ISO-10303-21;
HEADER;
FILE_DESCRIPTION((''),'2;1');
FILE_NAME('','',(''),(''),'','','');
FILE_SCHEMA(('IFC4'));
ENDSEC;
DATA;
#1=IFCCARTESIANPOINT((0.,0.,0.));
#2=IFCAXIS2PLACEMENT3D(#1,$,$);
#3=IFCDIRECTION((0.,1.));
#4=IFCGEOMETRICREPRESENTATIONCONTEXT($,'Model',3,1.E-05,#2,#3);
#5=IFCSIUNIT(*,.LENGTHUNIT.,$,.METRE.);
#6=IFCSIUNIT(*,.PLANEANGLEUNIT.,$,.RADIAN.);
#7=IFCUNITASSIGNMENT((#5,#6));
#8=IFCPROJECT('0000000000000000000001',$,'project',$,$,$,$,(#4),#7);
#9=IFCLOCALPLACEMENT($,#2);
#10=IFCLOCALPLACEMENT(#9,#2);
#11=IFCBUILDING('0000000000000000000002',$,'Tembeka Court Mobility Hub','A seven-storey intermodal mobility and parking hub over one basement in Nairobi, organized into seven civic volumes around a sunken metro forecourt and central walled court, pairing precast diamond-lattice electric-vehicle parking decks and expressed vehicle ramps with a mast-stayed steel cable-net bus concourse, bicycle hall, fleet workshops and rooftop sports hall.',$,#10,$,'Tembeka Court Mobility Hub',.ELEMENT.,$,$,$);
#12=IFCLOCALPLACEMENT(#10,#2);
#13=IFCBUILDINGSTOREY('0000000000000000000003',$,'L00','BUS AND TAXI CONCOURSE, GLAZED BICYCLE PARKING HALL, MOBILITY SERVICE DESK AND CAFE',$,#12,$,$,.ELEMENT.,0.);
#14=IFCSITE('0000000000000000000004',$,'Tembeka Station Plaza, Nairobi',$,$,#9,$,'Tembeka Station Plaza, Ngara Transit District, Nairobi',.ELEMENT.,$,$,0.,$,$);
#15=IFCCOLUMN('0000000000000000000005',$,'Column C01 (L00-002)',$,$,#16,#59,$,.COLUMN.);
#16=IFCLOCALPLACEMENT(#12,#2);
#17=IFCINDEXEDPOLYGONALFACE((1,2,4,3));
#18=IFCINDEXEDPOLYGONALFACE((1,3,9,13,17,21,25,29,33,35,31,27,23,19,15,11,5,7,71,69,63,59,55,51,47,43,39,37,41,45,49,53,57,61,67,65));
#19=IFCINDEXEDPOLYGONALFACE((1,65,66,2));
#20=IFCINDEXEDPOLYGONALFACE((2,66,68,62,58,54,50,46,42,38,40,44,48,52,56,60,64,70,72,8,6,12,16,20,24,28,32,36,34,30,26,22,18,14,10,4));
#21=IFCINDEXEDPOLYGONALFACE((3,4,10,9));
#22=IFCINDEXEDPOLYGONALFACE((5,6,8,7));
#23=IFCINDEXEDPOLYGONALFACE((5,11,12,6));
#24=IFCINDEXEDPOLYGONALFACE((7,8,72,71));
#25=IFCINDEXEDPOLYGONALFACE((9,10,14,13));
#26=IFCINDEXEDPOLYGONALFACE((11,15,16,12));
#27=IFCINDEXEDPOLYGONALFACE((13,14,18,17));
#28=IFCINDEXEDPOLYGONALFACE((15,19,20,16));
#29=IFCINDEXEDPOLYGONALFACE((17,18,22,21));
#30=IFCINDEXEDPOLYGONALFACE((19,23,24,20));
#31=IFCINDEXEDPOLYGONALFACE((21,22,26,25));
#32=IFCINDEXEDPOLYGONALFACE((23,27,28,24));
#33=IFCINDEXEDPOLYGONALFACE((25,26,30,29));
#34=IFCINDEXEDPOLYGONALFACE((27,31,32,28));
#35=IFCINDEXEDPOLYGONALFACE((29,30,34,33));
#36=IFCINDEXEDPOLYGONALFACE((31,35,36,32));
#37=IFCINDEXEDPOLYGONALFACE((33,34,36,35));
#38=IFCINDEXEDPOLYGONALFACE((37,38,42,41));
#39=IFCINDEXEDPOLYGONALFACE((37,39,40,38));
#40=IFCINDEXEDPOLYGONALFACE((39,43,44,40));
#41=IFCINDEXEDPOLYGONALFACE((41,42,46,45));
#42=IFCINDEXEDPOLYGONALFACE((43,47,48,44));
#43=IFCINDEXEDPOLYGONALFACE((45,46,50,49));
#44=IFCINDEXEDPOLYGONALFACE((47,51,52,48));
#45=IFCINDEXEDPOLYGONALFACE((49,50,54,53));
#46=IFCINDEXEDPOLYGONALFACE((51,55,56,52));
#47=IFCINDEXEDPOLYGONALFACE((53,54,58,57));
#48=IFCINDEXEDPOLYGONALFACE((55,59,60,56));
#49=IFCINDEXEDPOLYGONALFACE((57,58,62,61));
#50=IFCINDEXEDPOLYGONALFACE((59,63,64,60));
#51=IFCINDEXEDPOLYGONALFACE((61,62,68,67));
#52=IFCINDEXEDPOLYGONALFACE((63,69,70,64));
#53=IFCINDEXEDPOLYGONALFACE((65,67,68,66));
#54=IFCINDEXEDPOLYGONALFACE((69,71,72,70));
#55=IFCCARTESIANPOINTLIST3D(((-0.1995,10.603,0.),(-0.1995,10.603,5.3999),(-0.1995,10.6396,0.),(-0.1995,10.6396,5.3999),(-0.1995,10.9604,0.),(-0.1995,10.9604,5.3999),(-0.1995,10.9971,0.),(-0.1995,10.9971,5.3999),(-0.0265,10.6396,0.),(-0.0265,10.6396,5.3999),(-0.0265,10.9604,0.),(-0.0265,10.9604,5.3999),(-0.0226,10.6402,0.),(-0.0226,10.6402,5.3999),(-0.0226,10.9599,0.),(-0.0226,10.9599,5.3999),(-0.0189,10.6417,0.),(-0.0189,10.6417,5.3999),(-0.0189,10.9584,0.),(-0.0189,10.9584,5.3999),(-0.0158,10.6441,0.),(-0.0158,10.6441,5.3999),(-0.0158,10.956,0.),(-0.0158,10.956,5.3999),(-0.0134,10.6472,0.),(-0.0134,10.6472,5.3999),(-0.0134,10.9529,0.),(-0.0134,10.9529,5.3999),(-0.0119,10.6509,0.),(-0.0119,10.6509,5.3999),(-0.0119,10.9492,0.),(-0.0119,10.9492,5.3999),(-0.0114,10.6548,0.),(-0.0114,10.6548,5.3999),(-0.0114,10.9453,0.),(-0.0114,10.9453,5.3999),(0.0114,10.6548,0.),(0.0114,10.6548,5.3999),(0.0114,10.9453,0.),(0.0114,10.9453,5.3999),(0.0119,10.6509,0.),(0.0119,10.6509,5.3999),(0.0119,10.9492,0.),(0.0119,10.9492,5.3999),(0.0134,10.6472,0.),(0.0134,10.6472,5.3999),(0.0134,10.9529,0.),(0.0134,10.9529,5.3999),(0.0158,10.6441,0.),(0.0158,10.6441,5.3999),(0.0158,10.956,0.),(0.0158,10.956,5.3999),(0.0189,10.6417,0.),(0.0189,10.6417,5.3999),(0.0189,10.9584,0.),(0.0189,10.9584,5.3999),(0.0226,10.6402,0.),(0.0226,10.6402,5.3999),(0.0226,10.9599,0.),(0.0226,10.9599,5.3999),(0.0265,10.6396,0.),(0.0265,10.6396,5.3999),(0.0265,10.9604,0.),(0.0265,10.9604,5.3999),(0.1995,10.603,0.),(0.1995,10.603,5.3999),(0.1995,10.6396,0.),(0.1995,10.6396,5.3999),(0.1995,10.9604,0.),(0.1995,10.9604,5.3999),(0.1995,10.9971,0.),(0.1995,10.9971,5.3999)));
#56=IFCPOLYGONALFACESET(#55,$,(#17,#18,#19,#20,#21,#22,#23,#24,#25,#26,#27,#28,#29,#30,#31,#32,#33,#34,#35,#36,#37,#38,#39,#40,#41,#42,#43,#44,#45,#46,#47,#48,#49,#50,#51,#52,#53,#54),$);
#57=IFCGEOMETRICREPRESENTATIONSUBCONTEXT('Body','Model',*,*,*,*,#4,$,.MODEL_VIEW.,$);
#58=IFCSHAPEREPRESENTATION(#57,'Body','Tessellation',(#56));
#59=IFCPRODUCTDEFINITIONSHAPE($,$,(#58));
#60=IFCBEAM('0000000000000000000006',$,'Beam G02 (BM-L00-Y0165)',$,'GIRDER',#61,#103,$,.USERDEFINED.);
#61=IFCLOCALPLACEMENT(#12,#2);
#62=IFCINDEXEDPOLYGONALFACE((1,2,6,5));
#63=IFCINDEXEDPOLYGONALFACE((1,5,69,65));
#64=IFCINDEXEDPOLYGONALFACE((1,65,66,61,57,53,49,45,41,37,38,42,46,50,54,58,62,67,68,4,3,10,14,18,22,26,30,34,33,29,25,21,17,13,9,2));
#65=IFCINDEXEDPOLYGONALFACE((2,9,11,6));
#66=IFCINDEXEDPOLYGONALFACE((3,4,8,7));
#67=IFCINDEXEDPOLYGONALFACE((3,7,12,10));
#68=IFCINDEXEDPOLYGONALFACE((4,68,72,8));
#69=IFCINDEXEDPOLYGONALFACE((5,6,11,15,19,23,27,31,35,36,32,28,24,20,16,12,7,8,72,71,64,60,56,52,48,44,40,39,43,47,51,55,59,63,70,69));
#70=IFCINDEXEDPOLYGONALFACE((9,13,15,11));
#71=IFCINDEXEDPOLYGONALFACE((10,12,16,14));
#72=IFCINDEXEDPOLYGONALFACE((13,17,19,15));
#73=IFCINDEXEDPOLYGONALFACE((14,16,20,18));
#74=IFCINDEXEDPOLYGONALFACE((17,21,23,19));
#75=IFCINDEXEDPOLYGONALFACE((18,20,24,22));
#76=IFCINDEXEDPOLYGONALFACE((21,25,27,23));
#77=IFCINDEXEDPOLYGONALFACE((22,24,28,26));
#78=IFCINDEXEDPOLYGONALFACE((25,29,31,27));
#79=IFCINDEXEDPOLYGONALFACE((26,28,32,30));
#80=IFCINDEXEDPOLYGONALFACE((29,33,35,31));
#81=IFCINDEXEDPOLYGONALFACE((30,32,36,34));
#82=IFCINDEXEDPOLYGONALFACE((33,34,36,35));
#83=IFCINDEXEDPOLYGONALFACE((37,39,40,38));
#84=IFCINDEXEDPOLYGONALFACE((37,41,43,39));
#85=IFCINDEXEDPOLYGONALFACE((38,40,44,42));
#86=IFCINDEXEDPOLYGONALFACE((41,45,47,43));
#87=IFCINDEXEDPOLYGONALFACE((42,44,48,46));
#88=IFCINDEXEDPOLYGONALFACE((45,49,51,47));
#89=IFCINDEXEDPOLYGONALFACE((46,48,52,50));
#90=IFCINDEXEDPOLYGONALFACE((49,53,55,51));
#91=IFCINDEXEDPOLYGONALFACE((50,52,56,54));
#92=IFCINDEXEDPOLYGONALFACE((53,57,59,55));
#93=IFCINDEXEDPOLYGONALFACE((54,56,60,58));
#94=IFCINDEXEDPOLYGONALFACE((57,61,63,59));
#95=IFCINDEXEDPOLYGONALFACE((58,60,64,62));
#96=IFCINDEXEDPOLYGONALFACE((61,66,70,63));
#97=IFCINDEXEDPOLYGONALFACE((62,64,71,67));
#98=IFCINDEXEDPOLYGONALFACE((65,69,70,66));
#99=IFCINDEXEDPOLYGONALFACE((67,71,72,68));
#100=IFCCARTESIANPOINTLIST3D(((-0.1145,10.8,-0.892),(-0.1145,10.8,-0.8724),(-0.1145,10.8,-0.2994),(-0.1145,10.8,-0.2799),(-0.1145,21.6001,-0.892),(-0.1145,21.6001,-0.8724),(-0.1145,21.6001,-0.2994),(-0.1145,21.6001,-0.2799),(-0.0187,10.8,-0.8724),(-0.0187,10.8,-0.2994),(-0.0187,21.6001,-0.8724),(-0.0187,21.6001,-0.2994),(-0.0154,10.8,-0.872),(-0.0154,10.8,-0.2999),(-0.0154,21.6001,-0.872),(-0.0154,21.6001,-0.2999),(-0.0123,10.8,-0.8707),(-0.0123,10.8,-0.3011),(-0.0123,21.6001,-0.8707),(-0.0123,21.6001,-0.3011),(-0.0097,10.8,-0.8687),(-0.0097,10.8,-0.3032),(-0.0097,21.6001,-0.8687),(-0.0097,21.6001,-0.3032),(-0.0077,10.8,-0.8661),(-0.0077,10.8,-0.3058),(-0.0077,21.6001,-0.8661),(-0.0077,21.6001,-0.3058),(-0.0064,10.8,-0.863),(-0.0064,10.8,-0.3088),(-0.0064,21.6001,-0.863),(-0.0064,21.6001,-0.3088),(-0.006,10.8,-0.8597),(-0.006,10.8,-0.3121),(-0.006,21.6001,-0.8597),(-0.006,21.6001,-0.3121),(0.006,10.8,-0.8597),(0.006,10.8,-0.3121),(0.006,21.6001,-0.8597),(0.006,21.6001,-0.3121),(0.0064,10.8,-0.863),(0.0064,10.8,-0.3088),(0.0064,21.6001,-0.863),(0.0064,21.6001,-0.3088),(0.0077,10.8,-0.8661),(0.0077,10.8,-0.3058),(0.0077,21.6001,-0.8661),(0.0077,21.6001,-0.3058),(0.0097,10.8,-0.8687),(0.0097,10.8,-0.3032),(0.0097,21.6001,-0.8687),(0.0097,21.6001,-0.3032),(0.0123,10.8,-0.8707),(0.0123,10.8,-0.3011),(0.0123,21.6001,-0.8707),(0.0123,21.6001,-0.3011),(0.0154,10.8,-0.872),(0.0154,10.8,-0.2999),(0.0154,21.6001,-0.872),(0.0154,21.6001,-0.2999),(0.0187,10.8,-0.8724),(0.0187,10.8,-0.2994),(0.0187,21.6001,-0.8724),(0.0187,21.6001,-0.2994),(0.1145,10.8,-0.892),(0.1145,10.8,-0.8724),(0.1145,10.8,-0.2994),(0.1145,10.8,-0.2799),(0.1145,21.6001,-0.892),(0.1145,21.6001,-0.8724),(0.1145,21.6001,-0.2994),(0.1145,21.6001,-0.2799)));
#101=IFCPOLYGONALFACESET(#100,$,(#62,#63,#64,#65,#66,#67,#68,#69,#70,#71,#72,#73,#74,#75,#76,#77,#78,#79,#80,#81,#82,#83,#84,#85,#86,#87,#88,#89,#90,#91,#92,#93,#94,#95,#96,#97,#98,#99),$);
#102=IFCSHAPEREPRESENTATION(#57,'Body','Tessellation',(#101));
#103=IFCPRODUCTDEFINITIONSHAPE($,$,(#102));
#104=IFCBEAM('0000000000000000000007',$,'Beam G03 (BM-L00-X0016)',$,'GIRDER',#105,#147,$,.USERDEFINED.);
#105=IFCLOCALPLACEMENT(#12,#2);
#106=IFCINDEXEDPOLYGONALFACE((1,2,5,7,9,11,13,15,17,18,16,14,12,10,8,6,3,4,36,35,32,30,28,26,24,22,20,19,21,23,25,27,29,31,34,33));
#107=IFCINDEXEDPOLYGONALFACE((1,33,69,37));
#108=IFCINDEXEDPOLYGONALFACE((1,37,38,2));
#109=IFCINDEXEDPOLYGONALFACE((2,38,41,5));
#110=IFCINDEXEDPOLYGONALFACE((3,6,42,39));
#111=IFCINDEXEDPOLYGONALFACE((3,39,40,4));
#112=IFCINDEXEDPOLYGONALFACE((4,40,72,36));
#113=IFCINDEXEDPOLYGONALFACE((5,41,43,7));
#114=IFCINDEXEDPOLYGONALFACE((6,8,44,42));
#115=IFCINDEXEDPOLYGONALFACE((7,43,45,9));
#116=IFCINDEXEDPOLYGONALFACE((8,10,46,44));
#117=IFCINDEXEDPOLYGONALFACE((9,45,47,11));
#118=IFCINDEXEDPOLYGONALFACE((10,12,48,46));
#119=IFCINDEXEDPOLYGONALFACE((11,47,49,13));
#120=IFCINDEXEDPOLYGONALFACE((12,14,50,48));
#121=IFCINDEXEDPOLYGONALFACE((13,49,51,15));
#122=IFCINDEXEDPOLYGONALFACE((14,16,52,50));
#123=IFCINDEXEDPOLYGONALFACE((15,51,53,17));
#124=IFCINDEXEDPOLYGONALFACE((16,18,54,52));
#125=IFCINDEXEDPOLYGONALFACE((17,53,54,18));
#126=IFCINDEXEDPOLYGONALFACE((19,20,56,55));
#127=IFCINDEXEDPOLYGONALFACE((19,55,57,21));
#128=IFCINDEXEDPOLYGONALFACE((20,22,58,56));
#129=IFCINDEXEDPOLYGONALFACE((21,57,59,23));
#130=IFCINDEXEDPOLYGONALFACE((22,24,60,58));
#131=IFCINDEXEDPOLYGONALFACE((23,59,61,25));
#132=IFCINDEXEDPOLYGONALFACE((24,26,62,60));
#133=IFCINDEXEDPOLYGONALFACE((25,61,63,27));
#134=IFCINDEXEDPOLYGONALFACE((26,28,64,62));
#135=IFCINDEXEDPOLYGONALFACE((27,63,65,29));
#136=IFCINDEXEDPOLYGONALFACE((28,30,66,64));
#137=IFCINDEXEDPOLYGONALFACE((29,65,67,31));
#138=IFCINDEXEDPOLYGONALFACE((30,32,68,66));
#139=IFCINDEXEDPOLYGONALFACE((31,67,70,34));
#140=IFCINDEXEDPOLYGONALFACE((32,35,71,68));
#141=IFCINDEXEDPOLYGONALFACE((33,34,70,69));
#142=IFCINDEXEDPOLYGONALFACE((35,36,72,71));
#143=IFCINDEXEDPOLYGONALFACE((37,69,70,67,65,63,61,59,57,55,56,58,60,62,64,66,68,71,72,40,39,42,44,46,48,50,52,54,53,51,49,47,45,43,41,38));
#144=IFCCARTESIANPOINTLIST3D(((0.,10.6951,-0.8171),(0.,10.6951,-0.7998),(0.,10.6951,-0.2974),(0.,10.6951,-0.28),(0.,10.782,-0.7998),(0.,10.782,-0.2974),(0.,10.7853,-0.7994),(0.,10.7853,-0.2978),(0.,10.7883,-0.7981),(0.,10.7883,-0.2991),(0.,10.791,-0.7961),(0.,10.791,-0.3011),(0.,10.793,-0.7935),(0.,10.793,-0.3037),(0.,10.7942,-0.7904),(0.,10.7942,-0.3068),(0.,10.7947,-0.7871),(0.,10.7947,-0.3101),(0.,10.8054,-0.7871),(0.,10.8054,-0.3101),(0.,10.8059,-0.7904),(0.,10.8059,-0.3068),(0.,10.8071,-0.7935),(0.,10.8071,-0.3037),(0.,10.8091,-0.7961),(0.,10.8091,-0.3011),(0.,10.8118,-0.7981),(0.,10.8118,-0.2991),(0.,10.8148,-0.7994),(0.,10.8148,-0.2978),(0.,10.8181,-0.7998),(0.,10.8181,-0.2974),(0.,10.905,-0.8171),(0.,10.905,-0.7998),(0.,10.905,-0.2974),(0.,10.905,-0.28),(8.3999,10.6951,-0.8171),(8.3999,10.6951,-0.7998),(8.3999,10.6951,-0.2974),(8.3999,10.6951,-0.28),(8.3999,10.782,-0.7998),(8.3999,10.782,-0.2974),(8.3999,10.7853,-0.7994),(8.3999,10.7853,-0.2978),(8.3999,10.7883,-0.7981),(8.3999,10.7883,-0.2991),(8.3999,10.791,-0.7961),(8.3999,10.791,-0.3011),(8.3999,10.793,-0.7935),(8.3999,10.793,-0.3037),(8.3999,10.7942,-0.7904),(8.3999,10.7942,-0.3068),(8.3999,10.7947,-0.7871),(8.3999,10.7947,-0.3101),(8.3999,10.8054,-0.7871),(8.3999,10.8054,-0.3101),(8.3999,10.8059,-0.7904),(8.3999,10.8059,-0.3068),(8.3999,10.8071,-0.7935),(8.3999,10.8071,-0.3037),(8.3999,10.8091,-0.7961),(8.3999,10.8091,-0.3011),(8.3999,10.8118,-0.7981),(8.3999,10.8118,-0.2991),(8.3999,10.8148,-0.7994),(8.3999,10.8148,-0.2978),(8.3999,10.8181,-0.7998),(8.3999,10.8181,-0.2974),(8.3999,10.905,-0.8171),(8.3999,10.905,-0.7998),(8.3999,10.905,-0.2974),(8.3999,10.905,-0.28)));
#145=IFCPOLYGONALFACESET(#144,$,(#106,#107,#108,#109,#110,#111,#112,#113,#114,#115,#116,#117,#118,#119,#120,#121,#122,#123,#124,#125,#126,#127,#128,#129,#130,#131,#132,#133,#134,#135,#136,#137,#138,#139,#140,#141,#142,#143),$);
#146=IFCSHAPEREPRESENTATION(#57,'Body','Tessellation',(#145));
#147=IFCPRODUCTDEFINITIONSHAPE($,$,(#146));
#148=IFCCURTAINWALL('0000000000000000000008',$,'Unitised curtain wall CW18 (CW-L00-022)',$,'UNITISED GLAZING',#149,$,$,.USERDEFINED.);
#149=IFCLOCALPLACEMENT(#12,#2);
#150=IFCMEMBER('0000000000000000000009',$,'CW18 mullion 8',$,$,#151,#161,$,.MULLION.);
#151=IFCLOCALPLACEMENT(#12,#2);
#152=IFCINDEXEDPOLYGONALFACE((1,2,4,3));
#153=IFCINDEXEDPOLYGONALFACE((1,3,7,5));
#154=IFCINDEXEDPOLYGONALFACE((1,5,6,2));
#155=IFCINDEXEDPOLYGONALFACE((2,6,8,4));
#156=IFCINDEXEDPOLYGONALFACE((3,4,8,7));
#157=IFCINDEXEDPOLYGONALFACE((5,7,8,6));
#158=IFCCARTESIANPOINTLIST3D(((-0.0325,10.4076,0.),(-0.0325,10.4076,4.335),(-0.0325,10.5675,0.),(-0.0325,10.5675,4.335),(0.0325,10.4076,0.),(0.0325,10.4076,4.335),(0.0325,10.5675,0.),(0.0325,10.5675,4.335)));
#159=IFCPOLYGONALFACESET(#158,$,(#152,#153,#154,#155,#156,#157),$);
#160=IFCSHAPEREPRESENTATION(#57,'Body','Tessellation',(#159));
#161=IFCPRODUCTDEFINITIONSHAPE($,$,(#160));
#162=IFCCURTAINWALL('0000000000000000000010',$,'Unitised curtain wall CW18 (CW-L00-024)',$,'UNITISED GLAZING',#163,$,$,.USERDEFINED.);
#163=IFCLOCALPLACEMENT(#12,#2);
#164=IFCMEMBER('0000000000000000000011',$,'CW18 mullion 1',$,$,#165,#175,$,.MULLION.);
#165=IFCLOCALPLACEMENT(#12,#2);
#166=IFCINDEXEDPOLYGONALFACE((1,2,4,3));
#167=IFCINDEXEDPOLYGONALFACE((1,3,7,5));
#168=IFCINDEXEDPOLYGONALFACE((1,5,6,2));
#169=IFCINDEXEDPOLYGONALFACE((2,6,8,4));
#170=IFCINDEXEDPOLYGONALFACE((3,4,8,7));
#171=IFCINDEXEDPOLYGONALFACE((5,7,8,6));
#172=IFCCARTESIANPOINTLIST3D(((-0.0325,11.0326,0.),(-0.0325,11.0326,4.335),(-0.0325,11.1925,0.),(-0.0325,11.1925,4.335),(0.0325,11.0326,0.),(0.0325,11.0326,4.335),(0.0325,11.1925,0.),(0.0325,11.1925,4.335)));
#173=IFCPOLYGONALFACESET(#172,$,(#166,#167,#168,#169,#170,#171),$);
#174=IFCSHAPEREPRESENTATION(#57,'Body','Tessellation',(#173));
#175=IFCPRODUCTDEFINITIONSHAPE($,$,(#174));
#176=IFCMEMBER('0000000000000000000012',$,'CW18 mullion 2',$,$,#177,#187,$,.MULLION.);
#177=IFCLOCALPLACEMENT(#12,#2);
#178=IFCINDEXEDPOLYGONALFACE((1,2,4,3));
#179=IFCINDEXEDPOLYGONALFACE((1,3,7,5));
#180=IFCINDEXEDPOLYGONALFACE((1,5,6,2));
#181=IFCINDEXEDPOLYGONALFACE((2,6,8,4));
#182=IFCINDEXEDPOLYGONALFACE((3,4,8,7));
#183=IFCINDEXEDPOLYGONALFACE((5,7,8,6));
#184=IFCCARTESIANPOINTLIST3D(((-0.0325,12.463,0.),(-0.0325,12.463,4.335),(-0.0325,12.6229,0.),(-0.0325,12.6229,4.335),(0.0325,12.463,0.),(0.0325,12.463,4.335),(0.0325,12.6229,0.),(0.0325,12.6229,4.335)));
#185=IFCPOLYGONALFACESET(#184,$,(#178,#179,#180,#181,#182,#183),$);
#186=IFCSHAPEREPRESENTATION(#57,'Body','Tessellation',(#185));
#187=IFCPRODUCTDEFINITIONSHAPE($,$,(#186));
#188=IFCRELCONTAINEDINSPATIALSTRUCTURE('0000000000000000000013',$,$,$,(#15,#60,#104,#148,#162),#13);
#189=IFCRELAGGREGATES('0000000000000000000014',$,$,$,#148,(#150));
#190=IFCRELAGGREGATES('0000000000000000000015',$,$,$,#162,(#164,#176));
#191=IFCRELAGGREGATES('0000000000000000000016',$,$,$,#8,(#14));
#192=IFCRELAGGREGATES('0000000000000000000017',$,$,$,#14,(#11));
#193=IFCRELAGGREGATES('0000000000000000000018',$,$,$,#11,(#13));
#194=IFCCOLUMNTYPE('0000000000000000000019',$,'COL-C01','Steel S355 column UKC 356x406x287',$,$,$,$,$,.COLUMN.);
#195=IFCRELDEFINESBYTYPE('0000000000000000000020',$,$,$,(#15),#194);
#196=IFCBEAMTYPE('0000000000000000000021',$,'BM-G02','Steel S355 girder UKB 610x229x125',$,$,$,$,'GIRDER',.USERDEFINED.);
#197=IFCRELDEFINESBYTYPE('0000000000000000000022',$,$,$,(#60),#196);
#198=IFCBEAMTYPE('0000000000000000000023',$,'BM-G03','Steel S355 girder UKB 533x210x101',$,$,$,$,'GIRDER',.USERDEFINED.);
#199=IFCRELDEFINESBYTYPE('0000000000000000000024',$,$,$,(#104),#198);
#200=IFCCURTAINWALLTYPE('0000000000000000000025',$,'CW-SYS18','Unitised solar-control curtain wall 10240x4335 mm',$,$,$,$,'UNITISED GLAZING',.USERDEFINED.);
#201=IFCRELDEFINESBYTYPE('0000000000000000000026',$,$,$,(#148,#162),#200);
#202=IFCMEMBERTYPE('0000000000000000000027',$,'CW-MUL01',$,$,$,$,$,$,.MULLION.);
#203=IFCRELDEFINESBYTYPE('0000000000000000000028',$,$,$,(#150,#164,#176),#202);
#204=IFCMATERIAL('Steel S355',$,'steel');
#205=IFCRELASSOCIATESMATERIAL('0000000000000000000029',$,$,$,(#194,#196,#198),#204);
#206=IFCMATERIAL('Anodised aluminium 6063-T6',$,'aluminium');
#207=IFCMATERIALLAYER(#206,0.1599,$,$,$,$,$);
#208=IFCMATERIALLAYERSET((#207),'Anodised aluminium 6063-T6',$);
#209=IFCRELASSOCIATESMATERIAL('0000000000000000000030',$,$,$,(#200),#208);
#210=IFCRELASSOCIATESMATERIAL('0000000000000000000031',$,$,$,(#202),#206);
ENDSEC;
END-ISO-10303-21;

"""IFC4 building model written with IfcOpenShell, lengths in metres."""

from ifc_helpers import new_model, si_unit, direction, frame, origin, origin_2d, place, context, subcontext, project, spatial, rectangle, i_section, extrude, material, layer, layer_set, material_profile, profile_set, type_object, element, aggregate, save


model = new_model("IFC4")

# Units and contexts
model_context = context("Model", 3, precision=1e-05, world=origin(), true_north=direction((0.0, 1.0)))
body_context = subcontext(model_context, "Body", "Model", "MODEL_VIEW")
ifc_project = project(units=[si_unit("LENGTHUNIT", "METRE"), si_unit("PLANEANGLEUNIT", "RADIAN")], contexts=[model_context])

# Site, building, storey
site_placement = place(None, origin())
site = spatial("IfcSite", under=ifc_project, at=site_placement, Name="Tembeka Station Plaza, Nairobi", LongName="Tembeka Station Plaza, Ngara Transit District, Nairobi", CompositionType="ELEMENT", RefElevation=0.0)
building_placement = place(site_placement, origin())
building = spatial("IfcBuilding", under=site, at=building_placement, Name="Tembeka Court Mobility Hub", Description="A seven-storey intermodal mobility and parking hub over one basement in Nairobi, organized into seven civic volumes around a sunken metro forecourt and central walled court, pairing precast diamond-lattice electric-vehicle parking decks and expressed vehicle ramps with a mast-stayed steel cable-net bus concourse, bicycle hall, fleet workshops and rooftop sports hall.", LongName="Tembeka Court Mobility Hub", CompositionType="ELEMENT")
storey_placement = place(building_placement, origin())
storey = spatial("IfcBuildingStorey", under=building, at=storey_placement, Name="L00", Description="BUS AND TAXI CONCOURSE, GLAZED BICYCLE PARKING HALL, MOBILITY SERVICE DESK AND CAFE", CompositionType="ELEMENT", Elevation=0.0)

# Column
ifc_material_1 = material(Name="Steel S355", Category="steel")
ifc_material_profile_1 = material_profile(ifc_material_1, i_section(OverallWidth=0.3989, OverallDepth=0.394, WebThickness=0.0227, FlangeThickness=0.0366, FilletRadius=0.0151, at=origin_2d()), Name="UKC 356x406x287")
ifc_profile_set_1 = profile_set([ifc_material_profile_1], Name="Steel S355")
column_type = type_object("IfcColumnType", Name="COL-C01", Description="Steel S355 column UKC 356x406x287", PredefinedType="COLUMN", material=ifc_profile_set_1)
column_placement = place(storey_placement, frame((0.0, 10.8, 0.0), z_axis=(0.0, 0.0, 1.0), x_axis=(1.0, 0.0, 0.0)))
element("IfcColumn", 1, at=column_placement, inside=storey, type_object=column_type, Name="Column C01 (L00-002)", PredefinedType="COLUMN", context=body_context, shape_type="SweptSolid", body=[
    extrude(i_section(OverallWidth=0.3989, OverallDepth=0.394, WebThickness=0.0227, FlangeThickness=0.0366, FilletRadius=0.0151, at=origin_2d()), origin(), (0.0, 0.0, 1.0), 5.3999),
])

# Beams
ifc_material_profile_2 = material_profile(ifc_material_1, i_section(OverallWidth=0.229, OverallDepth=0.6121, WebThickness=0.012, FlangeThickness=0.0195, FilletRadius=0.0127, at=origin_2d()), Name="UKB 610x229x125")
ifc_profile_set_2 = profile_set([ifc_material_profile_2], Name="Steel S355")
beam_type_1 = type_object("IfcBeamType", Name="BM-G02", Description="Steel S355 girder UKB 610x229x125", ElementType="GIRDER", PredefinedType="USERDEFINED", material=ifc_profile_set_2)
beam_1_placement = place(storey_placement, frame((0.0, 10.8, -0.5859), z_axis=(0.0, 1.0, 0.0), x_axis=(-1.0, 0.0, 0.0)))
element("IfcBeam", 2, at=beam_1_placement, inside=storey, type_object=beam_type_1, Name="Beam G02 (BM-L00-Y0165)", ObjectType="GIRDER", PredefinedType="USERDEFINED", context=body_context, shape_type="SweptSolid", body=[
    extrude(i_section(OverallWidth=0.229, OverallDepth=0.6121, WebThickness=0.012, FlangeThickness=0.0195, FilletRadius=0.0127, at=origin_2d()), origin(), (0.0, 0.0, 1.0), 10.8),
])
ifc_material_profile_3 = material_profile(ifc_material_1, i_section(OverallWidth=0.21, OverallDepth=0.5371, WebThickness=0.0107, FlangeThickness=0.0173, FilletRadius=0.0127, at=origin_2d()), Name="UKB 533x210x101")
ifc_profile_set_3 = profile_set([ifc_material_profile_3], Name="Steel S355")
beam_type_2 = type_object("IfcBeamType", Name="BM-G03", Description="Steel S355 girder UKB 533x210x101", ElementType="GIRDER", PredefinedType="USERDEFINED", material=ifc_profile_set_3)
beam_2_placement = place(storey_placement, frame((0.0, 10.8, -0.5486), z_axis=(1.0, 0.0, 0.0), x_axis=(0.0, 1.0, 0.0)))
element("IfcBeam", 3, at=beam_2_placement, inside=storey, type_object=beam_type_2, Name="Beam G03 (BM-L00-X0016)", ObjectType="GIRDER", PredefinedType="USERDEFINED", context=body_context, shape_type="SweptSolid", body=[
    extrude(i_section(OverallWidth=0.21, OverallDepth=0.5371, WebThickness=0.0107, FlangeThickness=0.0173, FilletRadius=0.0127, at=origin_2d()), origin(), (0.0, 0.0, 1.0), 8.3999),
])

# Curtain wall, member
ifc_material_2 = material(Name="Anodised aluminium 6063-T6", Category="aluminium")
ifc_layer_1 = layer(ifc_material_2, 0.1599)
ifc_layer_set_1 = layer_set([ifc_layer_1], Name="Anodised aluminium 6063-T6")
curtain_wall_type = type_object("IfcCurtainWallType", Name="CW-SYS18", Description="Unitised solar-control curtain wall 10240x4335 mm", ElementType="UNITISED GLAZING", PredefinedType="USERDEFINED", material=ifc_layer_set_1)
curtain_wall_1_placement = place(storey_placement, origin())
curtain_wall_1 = element("IfcCurtainWall", 4, at=curtain_wall_1_placement, inside=storey, type_object=curtain_wall_type, Name="Unitised curtain wall CW18 (CW-L00-022)", ObjectType="UNITISED GLAZING", PredefinedType="USERDEFINED")
ifc_material_profile_4 = material_profile(ifc_material_2, rectangle(XDim=0.0649, YDim=0.1599, at=origin_2d()), Name="ALU-MUL 65x160")
ifc_profile_set_4 = profile_set([ifc_material_profile_4], Name="Anodised aluminium 6063-T6")
member_type_1 = type_object("IfcMemberType", Name="CW-MUL01", PredefinedType="MULLION", material=ifc_profile_set_4)
member_1_placement = place(storey_placement, frame((0.0, 10.4875, 0.0), z_axis=(0.0, 0.0, 1.0), x_axis=(-1.0, 0.0, 0.0)))
member_1 = element("IfcMember", 5, at=member_1_placement, type_object=member_type_1, Name="CW18 mullion 8", PredefinedType="MULLION", context=body_context, shape_type="SweptSolid", body=[
    extrude(rectangle(XDim=0.0649, YDim=0.1599, at=origin_2d()), origin(), (0.0, 0.0, 1.0), 4.335),
])
aggregate(curtain_wall_1, [member_1])

# Curtain wall, members
curtain_wall_2_placement = place(storey_placement, origin())
curtain_wall_2 = element("IfcCurtainWall", 6, at=curtain_wall_2_placement, inside=storey, type_object=curtain_wall_type, Name="Unitised curtain wall CW18 (CW-L00-024)", ObjectType="UNITISED GLAZING", PredefinedType="USERDEFINED")
member_2_placement = place(storey_placement, frame((0.0, 11.1125, 0.0), z_axis=(0.0, 0.0, 1.0), x_axis=(-1.0, 0.0, 0.0)))
member_2 = element("IfcMember", 7, at=member_2_placement, type_object=member_type_1, Name="CW18 mullion 1", PredefinedType="MULLION", context=body_context, shape_type="SweptSolid", body=[
    extrude(rectangle(XDim=0.0649, YDim=0.1599, at=origin_2d()), origin(), (0.0, 0.0, 1.0), 4.335),
])
member_3_placement = place(storey_placement, frame((0.0, 12.543, 0.0), z_axis=(0.0, 0.0, 1.0), x_axis=(-1.0, 0.0, 0.0)))
member_3 = element("IfcMember", 8, at=member_3_placement, type_object=member_type_1, Name="CW18 mullion 2", PredefinedType="MULLION", context=body_context, shape_type="SweptSolid", body=[
    extrude(rectangle(XDim=0.0649, YDim=0.1599, at=origin_2d()), origin(), (0.0, 0.0, 1.0), 4.335),
])
aggregate(curtain_wall_2, [member_2, member_3])

save(model, "model.ifc")
